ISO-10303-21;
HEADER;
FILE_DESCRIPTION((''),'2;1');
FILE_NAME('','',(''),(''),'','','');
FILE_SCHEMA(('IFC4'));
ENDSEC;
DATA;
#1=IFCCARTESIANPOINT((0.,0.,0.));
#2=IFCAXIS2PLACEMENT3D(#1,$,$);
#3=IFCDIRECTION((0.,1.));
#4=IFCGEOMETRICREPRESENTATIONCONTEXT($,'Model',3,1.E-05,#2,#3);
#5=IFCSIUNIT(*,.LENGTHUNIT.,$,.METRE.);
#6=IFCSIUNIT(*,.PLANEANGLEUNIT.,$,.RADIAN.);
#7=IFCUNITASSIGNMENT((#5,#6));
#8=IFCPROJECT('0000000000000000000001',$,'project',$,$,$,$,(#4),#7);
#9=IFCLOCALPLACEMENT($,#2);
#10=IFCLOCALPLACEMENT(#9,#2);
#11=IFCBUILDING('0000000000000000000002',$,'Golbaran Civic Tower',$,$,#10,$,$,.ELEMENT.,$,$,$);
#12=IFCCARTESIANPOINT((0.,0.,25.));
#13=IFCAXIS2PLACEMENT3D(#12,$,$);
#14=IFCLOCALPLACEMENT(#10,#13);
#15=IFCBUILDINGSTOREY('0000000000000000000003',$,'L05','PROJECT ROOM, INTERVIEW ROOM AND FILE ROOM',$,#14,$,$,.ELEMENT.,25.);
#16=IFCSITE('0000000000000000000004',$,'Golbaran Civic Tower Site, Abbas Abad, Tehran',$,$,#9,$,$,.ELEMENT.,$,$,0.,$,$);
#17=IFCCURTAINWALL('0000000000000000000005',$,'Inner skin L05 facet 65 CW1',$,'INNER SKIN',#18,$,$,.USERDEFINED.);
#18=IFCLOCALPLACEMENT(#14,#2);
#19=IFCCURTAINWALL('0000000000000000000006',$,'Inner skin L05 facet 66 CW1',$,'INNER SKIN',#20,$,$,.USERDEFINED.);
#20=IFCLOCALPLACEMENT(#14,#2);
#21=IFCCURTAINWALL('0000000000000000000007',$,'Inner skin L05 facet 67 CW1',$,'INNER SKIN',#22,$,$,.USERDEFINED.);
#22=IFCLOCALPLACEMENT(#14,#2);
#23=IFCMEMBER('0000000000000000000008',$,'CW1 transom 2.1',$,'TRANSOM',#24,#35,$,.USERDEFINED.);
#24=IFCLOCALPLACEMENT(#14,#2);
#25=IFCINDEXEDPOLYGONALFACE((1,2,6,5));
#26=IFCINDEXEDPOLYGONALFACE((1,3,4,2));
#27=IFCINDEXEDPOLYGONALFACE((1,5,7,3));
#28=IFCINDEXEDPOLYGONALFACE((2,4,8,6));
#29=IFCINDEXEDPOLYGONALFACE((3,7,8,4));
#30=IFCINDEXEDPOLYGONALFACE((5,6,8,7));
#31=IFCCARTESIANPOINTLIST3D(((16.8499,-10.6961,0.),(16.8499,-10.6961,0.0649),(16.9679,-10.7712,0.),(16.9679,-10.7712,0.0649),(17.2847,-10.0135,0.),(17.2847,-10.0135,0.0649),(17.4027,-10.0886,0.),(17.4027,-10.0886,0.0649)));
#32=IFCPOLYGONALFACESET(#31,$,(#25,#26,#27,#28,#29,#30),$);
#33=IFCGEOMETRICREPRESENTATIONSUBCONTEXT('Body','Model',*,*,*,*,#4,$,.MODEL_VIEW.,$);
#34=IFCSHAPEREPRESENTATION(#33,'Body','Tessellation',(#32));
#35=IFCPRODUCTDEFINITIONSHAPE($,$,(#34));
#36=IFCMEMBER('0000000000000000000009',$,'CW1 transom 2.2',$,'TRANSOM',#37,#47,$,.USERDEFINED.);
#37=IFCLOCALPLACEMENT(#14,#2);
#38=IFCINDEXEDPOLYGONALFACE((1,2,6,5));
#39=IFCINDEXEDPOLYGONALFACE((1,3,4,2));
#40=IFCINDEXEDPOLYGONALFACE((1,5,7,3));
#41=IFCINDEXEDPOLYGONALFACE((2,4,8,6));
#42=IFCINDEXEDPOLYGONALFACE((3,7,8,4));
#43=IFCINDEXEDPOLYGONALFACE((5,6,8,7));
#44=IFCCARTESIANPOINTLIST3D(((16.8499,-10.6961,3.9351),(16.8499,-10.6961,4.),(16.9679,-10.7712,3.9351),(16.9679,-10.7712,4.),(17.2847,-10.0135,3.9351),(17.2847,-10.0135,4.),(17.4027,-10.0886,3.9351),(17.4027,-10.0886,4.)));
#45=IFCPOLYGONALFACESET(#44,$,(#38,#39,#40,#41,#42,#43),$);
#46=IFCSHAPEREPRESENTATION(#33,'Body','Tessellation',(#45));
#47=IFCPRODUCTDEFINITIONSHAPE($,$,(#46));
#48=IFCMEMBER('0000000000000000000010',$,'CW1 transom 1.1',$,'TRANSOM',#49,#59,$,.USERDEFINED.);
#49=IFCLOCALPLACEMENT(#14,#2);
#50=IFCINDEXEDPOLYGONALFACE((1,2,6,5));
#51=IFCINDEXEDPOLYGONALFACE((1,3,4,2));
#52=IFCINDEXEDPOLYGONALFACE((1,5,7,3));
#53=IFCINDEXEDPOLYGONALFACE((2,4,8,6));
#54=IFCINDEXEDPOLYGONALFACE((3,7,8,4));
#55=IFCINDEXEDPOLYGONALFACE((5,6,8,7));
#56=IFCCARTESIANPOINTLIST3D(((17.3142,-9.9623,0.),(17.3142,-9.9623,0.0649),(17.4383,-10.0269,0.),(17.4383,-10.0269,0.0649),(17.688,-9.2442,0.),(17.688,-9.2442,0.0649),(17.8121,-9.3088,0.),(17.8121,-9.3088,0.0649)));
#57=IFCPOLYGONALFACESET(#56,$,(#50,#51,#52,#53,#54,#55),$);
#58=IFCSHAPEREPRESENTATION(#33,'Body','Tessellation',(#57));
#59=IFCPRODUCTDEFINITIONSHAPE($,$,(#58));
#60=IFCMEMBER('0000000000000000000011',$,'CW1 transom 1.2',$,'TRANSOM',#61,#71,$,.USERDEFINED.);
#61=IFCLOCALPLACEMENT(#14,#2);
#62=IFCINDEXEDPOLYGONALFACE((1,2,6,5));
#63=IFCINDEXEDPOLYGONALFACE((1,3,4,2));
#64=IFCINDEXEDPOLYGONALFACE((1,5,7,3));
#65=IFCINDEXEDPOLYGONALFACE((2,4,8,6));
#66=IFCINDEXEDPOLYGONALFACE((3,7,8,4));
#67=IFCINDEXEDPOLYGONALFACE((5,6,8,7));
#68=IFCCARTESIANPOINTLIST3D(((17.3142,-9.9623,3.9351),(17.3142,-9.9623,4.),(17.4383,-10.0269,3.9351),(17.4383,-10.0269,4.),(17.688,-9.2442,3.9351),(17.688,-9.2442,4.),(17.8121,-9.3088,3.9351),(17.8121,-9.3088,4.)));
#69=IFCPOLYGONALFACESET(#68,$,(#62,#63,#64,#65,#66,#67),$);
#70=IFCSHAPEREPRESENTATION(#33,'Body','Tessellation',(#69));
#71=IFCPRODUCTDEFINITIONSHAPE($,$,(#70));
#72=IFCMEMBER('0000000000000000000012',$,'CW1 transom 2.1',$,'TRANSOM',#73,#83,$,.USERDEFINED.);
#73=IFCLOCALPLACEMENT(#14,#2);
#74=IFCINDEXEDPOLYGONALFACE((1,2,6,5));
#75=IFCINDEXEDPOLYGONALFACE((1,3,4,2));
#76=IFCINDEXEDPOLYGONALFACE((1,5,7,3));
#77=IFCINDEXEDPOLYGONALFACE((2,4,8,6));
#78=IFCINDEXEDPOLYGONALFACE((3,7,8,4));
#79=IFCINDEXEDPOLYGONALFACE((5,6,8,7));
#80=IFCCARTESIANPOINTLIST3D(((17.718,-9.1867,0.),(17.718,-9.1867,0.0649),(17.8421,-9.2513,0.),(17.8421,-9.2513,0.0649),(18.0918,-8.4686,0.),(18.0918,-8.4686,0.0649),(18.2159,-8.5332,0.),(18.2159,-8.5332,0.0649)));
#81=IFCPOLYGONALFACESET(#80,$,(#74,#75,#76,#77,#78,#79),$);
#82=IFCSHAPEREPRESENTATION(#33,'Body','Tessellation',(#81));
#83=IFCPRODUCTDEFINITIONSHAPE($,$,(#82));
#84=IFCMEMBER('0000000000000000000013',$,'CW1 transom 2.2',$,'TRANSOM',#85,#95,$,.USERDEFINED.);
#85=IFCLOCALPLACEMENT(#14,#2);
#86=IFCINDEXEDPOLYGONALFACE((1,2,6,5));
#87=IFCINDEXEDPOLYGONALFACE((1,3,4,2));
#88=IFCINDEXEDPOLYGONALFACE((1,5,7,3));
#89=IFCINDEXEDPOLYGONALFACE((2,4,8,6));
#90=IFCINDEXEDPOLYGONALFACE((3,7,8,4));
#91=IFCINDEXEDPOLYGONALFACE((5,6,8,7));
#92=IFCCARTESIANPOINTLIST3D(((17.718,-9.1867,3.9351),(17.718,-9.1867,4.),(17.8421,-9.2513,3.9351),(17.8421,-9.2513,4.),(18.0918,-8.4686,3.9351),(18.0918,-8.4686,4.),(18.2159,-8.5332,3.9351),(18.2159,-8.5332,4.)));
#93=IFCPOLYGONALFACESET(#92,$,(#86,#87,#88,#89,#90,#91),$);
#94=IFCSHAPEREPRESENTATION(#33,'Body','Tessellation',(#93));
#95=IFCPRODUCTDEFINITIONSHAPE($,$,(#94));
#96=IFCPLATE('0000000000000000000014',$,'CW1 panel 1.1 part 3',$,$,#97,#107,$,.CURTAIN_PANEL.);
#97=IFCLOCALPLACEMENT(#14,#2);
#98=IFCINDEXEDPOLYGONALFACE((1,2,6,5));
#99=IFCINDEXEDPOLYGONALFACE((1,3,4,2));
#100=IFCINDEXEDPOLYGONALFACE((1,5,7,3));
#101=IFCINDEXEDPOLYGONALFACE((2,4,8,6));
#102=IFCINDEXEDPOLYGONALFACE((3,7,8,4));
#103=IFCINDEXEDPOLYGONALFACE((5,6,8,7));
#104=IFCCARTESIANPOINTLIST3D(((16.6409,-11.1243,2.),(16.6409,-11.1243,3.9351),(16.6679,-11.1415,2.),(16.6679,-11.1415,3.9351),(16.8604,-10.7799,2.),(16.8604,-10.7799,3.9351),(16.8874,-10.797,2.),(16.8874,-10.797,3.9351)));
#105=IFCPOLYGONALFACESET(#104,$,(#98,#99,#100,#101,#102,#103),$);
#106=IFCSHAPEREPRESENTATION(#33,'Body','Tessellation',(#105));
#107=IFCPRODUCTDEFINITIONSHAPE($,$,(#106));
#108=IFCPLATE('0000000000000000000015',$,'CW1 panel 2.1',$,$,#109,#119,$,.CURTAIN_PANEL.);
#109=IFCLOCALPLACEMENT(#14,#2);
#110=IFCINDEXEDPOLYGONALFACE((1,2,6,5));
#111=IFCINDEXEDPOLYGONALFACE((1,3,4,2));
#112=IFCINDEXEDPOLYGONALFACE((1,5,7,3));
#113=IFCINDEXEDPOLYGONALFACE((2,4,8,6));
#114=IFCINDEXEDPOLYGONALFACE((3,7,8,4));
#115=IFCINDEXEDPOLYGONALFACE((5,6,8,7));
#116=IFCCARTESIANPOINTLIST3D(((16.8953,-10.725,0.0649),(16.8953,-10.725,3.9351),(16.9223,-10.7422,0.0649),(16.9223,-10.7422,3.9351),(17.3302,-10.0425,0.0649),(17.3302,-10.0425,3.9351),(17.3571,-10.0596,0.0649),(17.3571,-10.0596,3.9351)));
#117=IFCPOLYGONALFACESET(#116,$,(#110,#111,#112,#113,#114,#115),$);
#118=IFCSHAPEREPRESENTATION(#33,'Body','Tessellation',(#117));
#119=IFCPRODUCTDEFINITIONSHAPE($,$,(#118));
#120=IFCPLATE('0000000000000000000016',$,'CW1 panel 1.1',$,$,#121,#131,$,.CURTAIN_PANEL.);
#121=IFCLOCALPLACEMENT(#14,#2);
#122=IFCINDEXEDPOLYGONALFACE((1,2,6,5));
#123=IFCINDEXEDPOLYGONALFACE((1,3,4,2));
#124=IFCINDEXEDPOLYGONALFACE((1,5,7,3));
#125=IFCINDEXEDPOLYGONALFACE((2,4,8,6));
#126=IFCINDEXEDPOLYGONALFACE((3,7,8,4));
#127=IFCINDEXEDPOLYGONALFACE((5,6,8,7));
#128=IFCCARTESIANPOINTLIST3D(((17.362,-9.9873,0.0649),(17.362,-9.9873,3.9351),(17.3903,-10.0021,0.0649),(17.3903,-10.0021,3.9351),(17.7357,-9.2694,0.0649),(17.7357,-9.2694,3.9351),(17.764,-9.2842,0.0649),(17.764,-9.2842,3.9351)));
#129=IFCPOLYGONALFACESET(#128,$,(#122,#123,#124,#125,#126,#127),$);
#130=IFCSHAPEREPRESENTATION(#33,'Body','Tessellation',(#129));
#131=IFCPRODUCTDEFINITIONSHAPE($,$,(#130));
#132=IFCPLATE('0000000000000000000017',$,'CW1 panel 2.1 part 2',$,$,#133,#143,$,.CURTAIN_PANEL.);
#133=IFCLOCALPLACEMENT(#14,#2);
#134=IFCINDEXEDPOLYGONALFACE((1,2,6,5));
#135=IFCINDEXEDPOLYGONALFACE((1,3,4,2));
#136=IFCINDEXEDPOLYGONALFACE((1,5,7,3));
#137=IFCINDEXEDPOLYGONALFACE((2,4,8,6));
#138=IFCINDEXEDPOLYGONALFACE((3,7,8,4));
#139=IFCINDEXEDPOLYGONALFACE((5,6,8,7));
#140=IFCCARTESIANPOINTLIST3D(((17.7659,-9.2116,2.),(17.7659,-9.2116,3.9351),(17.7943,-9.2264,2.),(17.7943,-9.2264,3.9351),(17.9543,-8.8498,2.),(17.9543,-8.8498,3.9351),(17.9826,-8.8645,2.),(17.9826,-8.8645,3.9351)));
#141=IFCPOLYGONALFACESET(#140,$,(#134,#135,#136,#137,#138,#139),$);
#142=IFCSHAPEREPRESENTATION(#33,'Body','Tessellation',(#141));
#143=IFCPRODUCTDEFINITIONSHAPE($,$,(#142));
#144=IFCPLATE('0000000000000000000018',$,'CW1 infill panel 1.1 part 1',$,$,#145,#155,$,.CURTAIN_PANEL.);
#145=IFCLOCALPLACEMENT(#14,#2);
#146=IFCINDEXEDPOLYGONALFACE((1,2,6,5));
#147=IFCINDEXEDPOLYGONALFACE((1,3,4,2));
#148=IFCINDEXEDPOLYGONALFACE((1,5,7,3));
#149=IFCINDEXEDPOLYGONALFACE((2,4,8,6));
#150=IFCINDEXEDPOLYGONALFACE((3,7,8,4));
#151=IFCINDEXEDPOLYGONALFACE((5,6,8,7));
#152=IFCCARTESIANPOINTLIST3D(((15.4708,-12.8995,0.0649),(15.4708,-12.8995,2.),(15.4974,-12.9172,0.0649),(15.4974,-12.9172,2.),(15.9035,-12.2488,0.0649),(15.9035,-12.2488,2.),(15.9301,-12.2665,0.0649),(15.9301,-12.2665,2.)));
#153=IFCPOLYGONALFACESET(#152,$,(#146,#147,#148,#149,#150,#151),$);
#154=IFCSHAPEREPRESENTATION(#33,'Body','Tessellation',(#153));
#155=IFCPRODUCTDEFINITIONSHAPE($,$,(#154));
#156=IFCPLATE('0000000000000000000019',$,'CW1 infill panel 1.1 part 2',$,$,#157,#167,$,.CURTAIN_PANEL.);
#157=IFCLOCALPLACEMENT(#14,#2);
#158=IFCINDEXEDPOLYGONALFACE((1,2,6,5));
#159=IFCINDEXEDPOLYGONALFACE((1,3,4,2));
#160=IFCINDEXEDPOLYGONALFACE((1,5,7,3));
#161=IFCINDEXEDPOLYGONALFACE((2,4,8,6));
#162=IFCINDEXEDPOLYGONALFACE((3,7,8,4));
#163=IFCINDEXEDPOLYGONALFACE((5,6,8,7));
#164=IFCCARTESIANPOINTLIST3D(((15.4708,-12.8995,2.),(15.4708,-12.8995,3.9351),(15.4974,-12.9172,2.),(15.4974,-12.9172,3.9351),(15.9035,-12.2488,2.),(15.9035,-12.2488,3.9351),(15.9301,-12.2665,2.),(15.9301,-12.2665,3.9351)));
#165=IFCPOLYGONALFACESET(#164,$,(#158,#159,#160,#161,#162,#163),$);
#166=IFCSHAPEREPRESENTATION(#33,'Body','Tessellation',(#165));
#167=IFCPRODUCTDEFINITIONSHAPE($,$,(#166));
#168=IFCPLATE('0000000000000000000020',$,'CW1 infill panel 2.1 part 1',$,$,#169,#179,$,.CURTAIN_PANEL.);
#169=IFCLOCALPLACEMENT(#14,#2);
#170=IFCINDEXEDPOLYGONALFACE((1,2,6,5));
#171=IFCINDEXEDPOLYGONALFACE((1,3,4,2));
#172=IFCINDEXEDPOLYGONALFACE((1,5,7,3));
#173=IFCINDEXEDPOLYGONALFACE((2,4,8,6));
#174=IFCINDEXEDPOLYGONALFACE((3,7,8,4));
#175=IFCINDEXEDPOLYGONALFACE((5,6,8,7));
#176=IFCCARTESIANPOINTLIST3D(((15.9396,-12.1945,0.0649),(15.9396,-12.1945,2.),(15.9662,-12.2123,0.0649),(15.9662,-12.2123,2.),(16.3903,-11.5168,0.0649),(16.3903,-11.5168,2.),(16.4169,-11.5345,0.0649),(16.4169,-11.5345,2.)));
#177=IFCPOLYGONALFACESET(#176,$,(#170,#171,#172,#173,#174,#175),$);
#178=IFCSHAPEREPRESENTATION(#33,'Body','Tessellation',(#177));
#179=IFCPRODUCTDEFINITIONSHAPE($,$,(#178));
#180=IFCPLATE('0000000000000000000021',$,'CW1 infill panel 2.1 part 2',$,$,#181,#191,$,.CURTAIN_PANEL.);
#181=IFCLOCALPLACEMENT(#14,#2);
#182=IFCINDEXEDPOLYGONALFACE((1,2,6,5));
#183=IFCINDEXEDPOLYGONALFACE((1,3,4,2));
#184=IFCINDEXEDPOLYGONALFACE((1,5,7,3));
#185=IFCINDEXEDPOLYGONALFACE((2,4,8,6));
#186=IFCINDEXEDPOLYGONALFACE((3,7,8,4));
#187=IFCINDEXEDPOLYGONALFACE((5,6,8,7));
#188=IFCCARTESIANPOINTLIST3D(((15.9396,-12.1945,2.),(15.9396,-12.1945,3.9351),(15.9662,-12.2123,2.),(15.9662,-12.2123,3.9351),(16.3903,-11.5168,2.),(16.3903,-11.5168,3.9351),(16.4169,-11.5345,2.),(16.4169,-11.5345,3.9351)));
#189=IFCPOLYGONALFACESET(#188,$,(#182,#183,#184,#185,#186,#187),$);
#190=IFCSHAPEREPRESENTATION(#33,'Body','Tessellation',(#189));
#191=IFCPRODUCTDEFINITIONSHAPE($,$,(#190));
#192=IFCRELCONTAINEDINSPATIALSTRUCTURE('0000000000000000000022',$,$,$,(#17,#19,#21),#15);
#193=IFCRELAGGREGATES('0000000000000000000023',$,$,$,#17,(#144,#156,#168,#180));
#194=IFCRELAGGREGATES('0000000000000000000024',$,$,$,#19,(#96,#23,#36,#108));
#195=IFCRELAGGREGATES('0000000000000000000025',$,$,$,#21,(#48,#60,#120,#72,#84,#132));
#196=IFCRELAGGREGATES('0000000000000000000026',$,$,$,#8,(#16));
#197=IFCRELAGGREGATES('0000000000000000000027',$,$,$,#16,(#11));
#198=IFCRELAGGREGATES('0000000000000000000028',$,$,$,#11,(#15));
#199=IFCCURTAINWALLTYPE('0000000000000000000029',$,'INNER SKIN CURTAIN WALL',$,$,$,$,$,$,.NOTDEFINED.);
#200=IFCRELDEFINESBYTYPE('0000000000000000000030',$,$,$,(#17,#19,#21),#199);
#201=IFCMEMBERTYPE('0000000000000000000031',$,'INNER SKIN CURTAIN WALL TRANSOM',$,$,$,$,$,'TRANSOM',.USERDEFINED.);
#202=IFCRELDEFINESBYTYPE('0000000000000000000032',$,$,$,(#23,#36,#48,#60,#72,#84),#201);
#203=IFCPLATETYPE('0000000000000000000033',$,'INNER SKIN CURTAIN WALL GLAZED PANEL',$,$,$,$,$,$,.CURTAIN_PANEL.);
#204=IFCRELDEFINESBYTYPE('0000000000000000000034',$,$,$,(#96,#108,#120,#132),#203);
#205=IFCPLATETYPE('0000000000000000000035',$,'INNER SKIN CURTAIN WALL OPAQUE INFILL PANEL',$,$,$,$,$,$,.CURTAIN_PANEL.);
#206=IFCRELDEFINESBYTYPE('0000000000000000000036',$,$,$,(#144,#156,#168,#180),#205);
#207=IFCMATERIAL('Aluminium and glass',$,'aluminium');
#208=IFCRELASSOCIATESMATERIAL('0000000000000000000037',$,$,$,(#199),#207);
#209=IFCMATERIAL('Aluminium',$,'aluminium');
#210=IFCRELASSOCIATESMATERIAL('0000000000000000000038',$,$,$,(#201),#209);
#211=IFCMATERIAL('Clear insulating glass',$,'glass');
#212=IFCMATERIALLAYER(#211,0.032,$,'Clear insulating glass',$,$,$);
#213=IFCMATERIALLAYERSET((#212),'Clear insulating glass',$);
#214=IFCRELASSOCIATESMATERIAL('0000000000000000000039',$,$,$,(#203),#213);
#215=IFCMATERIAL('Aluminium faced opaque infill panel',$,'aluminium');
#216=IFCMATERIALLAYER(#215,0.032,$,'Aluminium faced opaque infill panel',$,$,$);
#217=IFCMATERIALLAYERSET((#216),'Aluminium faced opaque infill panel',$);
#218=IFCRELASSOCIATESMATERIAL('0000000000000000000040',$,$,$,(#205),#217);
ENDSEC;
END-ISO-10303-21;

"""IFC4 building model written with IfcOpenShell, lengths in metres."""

from ifc_helpers import new_model, si_unit, direction, frame, origin, origin_2d, place, context, subcontext, project, spatial, rectangle, extrude, material, layer, layer_set, material_profile, profile_set, type_object, element, aggregate, save


model = new_model("IFC4")

# Units and contexts
model_context = context("Model", 3, precision=1e-05, world=origin(), true_north=direction((0.0, 1.0)))
body_context = subcontext(model_context, "Body", "Model", "MODEL_VIEW")
ifc_project = project(units=[si_unit("LENGTHUNIT", "METRE"), si_unit("PLANEANGLEUNIT", "RADIAN")], contexts=[model_context])

# Site, building, storey
site_placement = place(None, origin())
site = spatial("IfcSite", under=ifc_project, at=site_placement, Name="Golbaran Civic Tower Site, Abbas Abad, Tehran", CompositionType="ELEMENT", RefElevation=0.0)
building_placement = place(site_placement, origin())
building = spatial("IfcBuilding", under=site, at=building_placement, Name="Golbaran Civic Tower", CompositionType="ELEMENT")
storey_placement = place(building_placement, frame((0.0, 0.0, 25.0)))
storey = spatial("IfcBuildingStorey", under=building, at=storey_placement, Name="L05", Description="PROJECT ROOM, INTERVIEW ROOM AND FILE ROOM", CompositionType="ELEMENT", Elevation=25.0)

# Curtain walls
ifc_material_1 = material(Name="Aluminium and glass", Category="aluminium")
curtain_wall_type = type_object("IfcCurtainWallType", Name="INNER SKIN CURTAIN WALL", PredefinedType="NOTDEFINED", material=ifc_material_1)
curtain_wall_1_placement = place(storey_placement, origin())
curtain_wall_1 = element("IfcCurtainWall", 1, at=curtain_wall_1_placement, inside=storey, type_object=curtain_wall_type, Name="Inner skin L05 facet 65 CW1", ObjectType="INNER SKIN", PredefinedType="USERDEFINED")
ifc_material_2 = material(Name="Aluminium", Category="aluminium")
curtain_wall_2_placement = place(storey_placement, origin())
curtain_wall_2 = element("IfcCurtainWall", 2, at=curtain_wall_2_placement, inside=storey, type_object=curtain_wall_type, Name="Inner skin L05 facet 66 CW1", ObjectType="INNER SKIN", PredefinedType="USERDEFINED")

# Curtain wall
curtain_wall_3_placement = place(storey_placement, origin())
curtain_wall_3 = element("IfcCurtainWall", 3, at=curtain_wall_3_placement, inside=storey, type_object=curtain_wall_type, Name="Inner skin L05 facet 67 CW1", ObjectType="INNER SKIN", PredefinedType="USERDEFINED")

# Members
ifc_material_profile_1 = material_profile(ifc_material_2, rectangle(XDim=0.1399, YDim=0.0649, at=origin_2d()), Name="INNER SKIN CURTAIN WALL TRANSOM")
ifc_profile_set_1 = profile_set([ifc_material_profile_1], Name="Aluminium")
member_type_1 = type_object("IfcMemberType", Name="INNER SKIN CURTAIN WALL TRANSOM", ElementType="TRANSOM", PredefinedType="USERDEFINED", material=ifc_profile_set_1)
member_1_placement = place(storey_placement, frame((16.9089, -10.7336, 0.0325), z_axis=(0.537246, 0.843425, 0.0), x_axis=(-0.843425, 0.537246, 0.0)))
member_1 = element("IfcMember", 4, at=member_1_placement, type_object=member_type_1, Name="CW1 transom 2.1", ObjectType="TRANSOM", PredefinedType="USERDEFINED", context=body_context, shape_type="SweptSolid", body=[
    extrude(rectangle(XDim=0.1399, YDim=0.0649, at=origin_2d()), origin(), (0.0, 0.0, 1.0), 0.8093),
])
member_2_placement = place(storey_placement, frame((16.9089, -10.7336, 3.9675), z_axis=(0.537246, 0.843425, 0.0), x_axis=(-0.843425, 0.537246, 0.0)))
member_2 = element("IfcMember", 5, at=member_2_placement, type_object=member_type_1, Name="CW1 transom 2.2", ObjectType="TRANSOM", PredefinedType="USERDEFINED", context=body_context, shape_type="SweptSolid", body=[
    extrude(rectangle(XDim=0.1399, YDim=0.0649, at=origin_2d()), origin(), (0.0, 0.0, 1.0), 0.8093),
])
member_3_placement = place(storey_placement, frame((17.3762, -9.9946, 0.0325), z_axis=(0.461752, 0.887009, 0.0), x_axis=(-0.887009, 0.461752, 0.0)))
member_3 = element("IfcMember", 6, at=member_3_placement, type_object=member_type_1, Name="CW1 transom 1.1", ObjectType="TRANSOM", PredefinedType="USERDEFINED", context=body_context, shape_type="SweptSolid", body=[
    extrude(rectangle(XDim=0.1399, YDim=0.0649, at=origin_2d()), origin(), (0.0, 0.0, 1.0), 0.8096),
])
member_4_placement = place(storey_placement, frame((17.3762, -9.9946, 3.9675), z_axis=(0.461752, 0.887009, 0.0), x_axis=(-0.887009, 0.461752, 0.0)))
member_4 = element("IfcMember", 7, at=member_4_placement, type_object=member_type_1, Name="CW1 transom 1.2", ObjectType="TRANSOM", PredefinedType="USERDEFINED", context=body_context, shape_type="SweptSolid", body=[
    extrude(rectangle(XDim=0.1399, YDim=0.0649, at=origin_2d()), origin(), (0.0, 0.0, 1.0), 0.8096),
])
member_5_placement = place(storey_placement, frame((17.78, -9.219, 0.0325), z_axis=(0.461752, 0.887009, 0.0), x_axis=(-0.887009, 0.461752, 0.0)))
member_5 = element("IfcMember", 8, at=member_5_placement, type_object=member_type_1, Name="CW1 transom 2.1", ObjectType="TRANSOM", PredefinedType="USERDEFINED", context=body_context, shape_type="SweptSolid", body=[
    extrude(rectangle(XDim=0.1399, YDim=0.0649, at=origin_2d()), origin(), (0.0, 0.0, 1.0), 0.8096),
])
member_6_placement = place(storey_placement, frame((17.78, -9.219, 3.9675), z_axis=(0.461752, 0.887009, 0.0), x_axis=(-0.887009, 0.461752, 0.0)))
member_6 = element("IfcMember", 9, at=member_6_placement, type_object=member_type_1, Name="CW1 transom 2.2", ObjectType="TRANSOM", PredefinedType="USERDEFINED", context=body_context, shape_type="SweptSolid", body=[
    extrude(rectangle(XDim=0.1399, YDim=0.0649, at=origin_2d()), origin(), (0.0, 0.0, 1.0), 0.8096),
])

# Plates
ifc_material_3 = material(Name="Clear insulating glass", Category="glass")
ifc_layer_1 = layer(ifc_material_3, 0.032, Name="Clear insulating glass")
ifc_layer_set_1 = layer_set([ifc_layer_1], Name="Clear insulating glass")
plate_type_1 = type_object("IfcPlateType", Name="INNER SKIN CURTAIN WALL GLAZED PANEL", PredefinedType="CURTAIN_PANEL", material=ifc_layer_set_1)
plate_1_placement = place(storey_placement, frame((16.7642, -10.9607, 2.0), z_axis=(0.0, 0.0, 1.0), x_axis=(0.5373, 0.843391, 0.0)))
plate_1 = element("IfcPlate", 10, at=plate_1_placement, type_object=plate_type_1, Name="CW1 panel 1.1 part 3", PredefinedType="CURTAIN_PANEL", context=body_context, shape_type="SweptSolid", body=[
    extrude(rectangle(XDim=0.4084, YDim=0.032, at=origin_2d()), origin(), (0.0, 0.0, 1.0), 1.9351),
])
plate_2_placement = place(storey_placement, frame((17.1262, -10.3923, 0.0649), z_axis=(0.0, 0.0, 1.0), x_axis=(0.5373, 0.843391, 0.0)))
plate_2 = element("IfcPlate", 11, at=plate_2_placement, type_object=plate_type_1, Name="CW1 panel 2.1", PredefinedType="CURTAIN_PANEL", context=body_context, shape_type="SweptSolid", body=[
    extrude(rectangle(XDim=0.8093, YDim=0.032, at=origin_2d()), origin(), (0.0, 0.0, 1.0), 3.8701),
])
plate_3_placement = place(storey_placement, frame((17.563, -9.6357, 0.0649), z_axis=(0.0, 0.0, 1.0), x_axis=(0.461749, 0.887011, 0.0)))
plate_3 = element("IfcPlate", 12, at=plate_3_placement, type_object=plate_type_1, Name="CW1 panel 1.1", PredefinedType="CURTAIN_PANEL", context=body_context, shape_type="SweptSolid", body=[
    extrude(rectangle(XDim=0.8093, YDim=0.032, at=origin_2d()), origin(), (0.0, 0.0, 1.0), 3.8701),
])
plate_4_placement = place(storey_placement, frame((17.8743, -9.0381, 2.0), z_axis=(0.0, 0.0, 1.0), x_axis=(0.461749, 0.887011, 0.0)))
plate_4 = element("IfcPlate", 13, at=plate_4_placement, type_object=plate_type_1, Name="CW1 panel 2.1 part 2", PredefinedType="CURTAIN_PANEL", context=body_context, shape_type="SweptSolid", body=[
    extrude(rectangle(XDim=0.408, YDim=0.032, at=origin_2d()), origin(), (0.0, 0.0, 1.0), 1.9351),
])
ifc_material_4 = material(Name="Aluminium faced opaque infill panel", Category="aluminium")
ifc_layer_2 = layer(ifc_material_4, 0.032, Name="Aluminium faced opaque infill panel")
ifc_layer_set_2 = layer_set([ifc_layer_2], Name="Aluminium faced opaque infill panel")
plate_type_2 = type_object("IfcPlateType", Name="INNER SKIN CURTAIN WALL OPAQUE INFILL PANEL", PredefinedType="CURTAIN_PANEL", material=ifc_layer_set_2)
plate_5_placement = place(storey_placement, frame((15.7004, -12.583, 0.0649), z_axis=(0.0, 0.0, 1.0), x_axis=(0.553719, 0.832703, 0.0)))
plate_5 = element("IfcPlate", 14, at=plate_5_placement, type_object=plate_type_2, Name="CW1 infill panel 1.1 part 1", PredefinedType="CURTAIN_PANEL", context=body_context, shape_type="SweptSolid", body=[
    extrude(rectangle(XDim=0.7815, YDim=0.032, at=origin_2d()), origin(), (0.0, 0.0, 1.0), 1.9351),
])
plate_6_placement = place(storey_placement, frame((15.7004, -12.583, 2.0), z_axis=(0.0, 0.0, 1.0), x_axis=(0.553719, 0.832703, 0.0)))
plate_6 = element("IfcPlate", 15, at=plate_6_placement, type_object=plate_type_2, Name="CW1 infill panel 1.1 part 2", PredefinedType="CURTAIN_PANEL", context=body_context, shape_type="SweptSolid", body=[
    extrude(rectangle(XDim=0.7815, YDim=0.032, at=origin_2d()), origin(), (0.0, 0.0, 1.0), 1.9351),
])
plate_7_placement = place(storey_placement, frame((16.1782, -11.8645, 0.0649), z_axis=(0.0, 0.0, 1.0), x_axis=(0.553719, 0.832703, 0.0)))
plate_7 = element("IfcPlate", 16, at=plate_7_placement, type_object=plate_type_2, Name="CW1 infill panel 2.1 part 1", PredefinedType="CURTAIN_PANEL", context=body_context, shape_type="SweptSolid", body=[
    extrude(rectangle(XDim=0.814, YDim=0.032, at=origin_2d()), origin(), (0.0, 0.0, 1.0), 1.9351),
])
plate_8_placement = place(storey_placement, frame((16.1782, -11.8645, 2.0), z_axis=(0.0, 0.0, 1.0), x_axis=(0.553719, 0.832703, 0.0)))
plate_8 = element("IfcPlate", 17, at=plate_8_placement, type_object=plate_type_2, Name="CW1 infill panel 2.1 part 2", PredefinedType="CURTAIN_PANEL", context=body_context, shape_type="SweptSolid", body=[
    extrude(rectangle(XDim=0.814, YDim=0.032, at=origin_2d()), origin(), (0.0, 0.0, 1.0), 1.9351),
])
aggregate(curtain_wall_1, [plate_5, plate_6, plate_7, plate_8])
aggregate(curtain_wall_2, [plate_1, member_1, member_2, plate_2])
aggregate(curtain_wall_3, [member_3, member_4, plate_3, member_5, member_6, plate_4])

save(model, "model.ifc")
